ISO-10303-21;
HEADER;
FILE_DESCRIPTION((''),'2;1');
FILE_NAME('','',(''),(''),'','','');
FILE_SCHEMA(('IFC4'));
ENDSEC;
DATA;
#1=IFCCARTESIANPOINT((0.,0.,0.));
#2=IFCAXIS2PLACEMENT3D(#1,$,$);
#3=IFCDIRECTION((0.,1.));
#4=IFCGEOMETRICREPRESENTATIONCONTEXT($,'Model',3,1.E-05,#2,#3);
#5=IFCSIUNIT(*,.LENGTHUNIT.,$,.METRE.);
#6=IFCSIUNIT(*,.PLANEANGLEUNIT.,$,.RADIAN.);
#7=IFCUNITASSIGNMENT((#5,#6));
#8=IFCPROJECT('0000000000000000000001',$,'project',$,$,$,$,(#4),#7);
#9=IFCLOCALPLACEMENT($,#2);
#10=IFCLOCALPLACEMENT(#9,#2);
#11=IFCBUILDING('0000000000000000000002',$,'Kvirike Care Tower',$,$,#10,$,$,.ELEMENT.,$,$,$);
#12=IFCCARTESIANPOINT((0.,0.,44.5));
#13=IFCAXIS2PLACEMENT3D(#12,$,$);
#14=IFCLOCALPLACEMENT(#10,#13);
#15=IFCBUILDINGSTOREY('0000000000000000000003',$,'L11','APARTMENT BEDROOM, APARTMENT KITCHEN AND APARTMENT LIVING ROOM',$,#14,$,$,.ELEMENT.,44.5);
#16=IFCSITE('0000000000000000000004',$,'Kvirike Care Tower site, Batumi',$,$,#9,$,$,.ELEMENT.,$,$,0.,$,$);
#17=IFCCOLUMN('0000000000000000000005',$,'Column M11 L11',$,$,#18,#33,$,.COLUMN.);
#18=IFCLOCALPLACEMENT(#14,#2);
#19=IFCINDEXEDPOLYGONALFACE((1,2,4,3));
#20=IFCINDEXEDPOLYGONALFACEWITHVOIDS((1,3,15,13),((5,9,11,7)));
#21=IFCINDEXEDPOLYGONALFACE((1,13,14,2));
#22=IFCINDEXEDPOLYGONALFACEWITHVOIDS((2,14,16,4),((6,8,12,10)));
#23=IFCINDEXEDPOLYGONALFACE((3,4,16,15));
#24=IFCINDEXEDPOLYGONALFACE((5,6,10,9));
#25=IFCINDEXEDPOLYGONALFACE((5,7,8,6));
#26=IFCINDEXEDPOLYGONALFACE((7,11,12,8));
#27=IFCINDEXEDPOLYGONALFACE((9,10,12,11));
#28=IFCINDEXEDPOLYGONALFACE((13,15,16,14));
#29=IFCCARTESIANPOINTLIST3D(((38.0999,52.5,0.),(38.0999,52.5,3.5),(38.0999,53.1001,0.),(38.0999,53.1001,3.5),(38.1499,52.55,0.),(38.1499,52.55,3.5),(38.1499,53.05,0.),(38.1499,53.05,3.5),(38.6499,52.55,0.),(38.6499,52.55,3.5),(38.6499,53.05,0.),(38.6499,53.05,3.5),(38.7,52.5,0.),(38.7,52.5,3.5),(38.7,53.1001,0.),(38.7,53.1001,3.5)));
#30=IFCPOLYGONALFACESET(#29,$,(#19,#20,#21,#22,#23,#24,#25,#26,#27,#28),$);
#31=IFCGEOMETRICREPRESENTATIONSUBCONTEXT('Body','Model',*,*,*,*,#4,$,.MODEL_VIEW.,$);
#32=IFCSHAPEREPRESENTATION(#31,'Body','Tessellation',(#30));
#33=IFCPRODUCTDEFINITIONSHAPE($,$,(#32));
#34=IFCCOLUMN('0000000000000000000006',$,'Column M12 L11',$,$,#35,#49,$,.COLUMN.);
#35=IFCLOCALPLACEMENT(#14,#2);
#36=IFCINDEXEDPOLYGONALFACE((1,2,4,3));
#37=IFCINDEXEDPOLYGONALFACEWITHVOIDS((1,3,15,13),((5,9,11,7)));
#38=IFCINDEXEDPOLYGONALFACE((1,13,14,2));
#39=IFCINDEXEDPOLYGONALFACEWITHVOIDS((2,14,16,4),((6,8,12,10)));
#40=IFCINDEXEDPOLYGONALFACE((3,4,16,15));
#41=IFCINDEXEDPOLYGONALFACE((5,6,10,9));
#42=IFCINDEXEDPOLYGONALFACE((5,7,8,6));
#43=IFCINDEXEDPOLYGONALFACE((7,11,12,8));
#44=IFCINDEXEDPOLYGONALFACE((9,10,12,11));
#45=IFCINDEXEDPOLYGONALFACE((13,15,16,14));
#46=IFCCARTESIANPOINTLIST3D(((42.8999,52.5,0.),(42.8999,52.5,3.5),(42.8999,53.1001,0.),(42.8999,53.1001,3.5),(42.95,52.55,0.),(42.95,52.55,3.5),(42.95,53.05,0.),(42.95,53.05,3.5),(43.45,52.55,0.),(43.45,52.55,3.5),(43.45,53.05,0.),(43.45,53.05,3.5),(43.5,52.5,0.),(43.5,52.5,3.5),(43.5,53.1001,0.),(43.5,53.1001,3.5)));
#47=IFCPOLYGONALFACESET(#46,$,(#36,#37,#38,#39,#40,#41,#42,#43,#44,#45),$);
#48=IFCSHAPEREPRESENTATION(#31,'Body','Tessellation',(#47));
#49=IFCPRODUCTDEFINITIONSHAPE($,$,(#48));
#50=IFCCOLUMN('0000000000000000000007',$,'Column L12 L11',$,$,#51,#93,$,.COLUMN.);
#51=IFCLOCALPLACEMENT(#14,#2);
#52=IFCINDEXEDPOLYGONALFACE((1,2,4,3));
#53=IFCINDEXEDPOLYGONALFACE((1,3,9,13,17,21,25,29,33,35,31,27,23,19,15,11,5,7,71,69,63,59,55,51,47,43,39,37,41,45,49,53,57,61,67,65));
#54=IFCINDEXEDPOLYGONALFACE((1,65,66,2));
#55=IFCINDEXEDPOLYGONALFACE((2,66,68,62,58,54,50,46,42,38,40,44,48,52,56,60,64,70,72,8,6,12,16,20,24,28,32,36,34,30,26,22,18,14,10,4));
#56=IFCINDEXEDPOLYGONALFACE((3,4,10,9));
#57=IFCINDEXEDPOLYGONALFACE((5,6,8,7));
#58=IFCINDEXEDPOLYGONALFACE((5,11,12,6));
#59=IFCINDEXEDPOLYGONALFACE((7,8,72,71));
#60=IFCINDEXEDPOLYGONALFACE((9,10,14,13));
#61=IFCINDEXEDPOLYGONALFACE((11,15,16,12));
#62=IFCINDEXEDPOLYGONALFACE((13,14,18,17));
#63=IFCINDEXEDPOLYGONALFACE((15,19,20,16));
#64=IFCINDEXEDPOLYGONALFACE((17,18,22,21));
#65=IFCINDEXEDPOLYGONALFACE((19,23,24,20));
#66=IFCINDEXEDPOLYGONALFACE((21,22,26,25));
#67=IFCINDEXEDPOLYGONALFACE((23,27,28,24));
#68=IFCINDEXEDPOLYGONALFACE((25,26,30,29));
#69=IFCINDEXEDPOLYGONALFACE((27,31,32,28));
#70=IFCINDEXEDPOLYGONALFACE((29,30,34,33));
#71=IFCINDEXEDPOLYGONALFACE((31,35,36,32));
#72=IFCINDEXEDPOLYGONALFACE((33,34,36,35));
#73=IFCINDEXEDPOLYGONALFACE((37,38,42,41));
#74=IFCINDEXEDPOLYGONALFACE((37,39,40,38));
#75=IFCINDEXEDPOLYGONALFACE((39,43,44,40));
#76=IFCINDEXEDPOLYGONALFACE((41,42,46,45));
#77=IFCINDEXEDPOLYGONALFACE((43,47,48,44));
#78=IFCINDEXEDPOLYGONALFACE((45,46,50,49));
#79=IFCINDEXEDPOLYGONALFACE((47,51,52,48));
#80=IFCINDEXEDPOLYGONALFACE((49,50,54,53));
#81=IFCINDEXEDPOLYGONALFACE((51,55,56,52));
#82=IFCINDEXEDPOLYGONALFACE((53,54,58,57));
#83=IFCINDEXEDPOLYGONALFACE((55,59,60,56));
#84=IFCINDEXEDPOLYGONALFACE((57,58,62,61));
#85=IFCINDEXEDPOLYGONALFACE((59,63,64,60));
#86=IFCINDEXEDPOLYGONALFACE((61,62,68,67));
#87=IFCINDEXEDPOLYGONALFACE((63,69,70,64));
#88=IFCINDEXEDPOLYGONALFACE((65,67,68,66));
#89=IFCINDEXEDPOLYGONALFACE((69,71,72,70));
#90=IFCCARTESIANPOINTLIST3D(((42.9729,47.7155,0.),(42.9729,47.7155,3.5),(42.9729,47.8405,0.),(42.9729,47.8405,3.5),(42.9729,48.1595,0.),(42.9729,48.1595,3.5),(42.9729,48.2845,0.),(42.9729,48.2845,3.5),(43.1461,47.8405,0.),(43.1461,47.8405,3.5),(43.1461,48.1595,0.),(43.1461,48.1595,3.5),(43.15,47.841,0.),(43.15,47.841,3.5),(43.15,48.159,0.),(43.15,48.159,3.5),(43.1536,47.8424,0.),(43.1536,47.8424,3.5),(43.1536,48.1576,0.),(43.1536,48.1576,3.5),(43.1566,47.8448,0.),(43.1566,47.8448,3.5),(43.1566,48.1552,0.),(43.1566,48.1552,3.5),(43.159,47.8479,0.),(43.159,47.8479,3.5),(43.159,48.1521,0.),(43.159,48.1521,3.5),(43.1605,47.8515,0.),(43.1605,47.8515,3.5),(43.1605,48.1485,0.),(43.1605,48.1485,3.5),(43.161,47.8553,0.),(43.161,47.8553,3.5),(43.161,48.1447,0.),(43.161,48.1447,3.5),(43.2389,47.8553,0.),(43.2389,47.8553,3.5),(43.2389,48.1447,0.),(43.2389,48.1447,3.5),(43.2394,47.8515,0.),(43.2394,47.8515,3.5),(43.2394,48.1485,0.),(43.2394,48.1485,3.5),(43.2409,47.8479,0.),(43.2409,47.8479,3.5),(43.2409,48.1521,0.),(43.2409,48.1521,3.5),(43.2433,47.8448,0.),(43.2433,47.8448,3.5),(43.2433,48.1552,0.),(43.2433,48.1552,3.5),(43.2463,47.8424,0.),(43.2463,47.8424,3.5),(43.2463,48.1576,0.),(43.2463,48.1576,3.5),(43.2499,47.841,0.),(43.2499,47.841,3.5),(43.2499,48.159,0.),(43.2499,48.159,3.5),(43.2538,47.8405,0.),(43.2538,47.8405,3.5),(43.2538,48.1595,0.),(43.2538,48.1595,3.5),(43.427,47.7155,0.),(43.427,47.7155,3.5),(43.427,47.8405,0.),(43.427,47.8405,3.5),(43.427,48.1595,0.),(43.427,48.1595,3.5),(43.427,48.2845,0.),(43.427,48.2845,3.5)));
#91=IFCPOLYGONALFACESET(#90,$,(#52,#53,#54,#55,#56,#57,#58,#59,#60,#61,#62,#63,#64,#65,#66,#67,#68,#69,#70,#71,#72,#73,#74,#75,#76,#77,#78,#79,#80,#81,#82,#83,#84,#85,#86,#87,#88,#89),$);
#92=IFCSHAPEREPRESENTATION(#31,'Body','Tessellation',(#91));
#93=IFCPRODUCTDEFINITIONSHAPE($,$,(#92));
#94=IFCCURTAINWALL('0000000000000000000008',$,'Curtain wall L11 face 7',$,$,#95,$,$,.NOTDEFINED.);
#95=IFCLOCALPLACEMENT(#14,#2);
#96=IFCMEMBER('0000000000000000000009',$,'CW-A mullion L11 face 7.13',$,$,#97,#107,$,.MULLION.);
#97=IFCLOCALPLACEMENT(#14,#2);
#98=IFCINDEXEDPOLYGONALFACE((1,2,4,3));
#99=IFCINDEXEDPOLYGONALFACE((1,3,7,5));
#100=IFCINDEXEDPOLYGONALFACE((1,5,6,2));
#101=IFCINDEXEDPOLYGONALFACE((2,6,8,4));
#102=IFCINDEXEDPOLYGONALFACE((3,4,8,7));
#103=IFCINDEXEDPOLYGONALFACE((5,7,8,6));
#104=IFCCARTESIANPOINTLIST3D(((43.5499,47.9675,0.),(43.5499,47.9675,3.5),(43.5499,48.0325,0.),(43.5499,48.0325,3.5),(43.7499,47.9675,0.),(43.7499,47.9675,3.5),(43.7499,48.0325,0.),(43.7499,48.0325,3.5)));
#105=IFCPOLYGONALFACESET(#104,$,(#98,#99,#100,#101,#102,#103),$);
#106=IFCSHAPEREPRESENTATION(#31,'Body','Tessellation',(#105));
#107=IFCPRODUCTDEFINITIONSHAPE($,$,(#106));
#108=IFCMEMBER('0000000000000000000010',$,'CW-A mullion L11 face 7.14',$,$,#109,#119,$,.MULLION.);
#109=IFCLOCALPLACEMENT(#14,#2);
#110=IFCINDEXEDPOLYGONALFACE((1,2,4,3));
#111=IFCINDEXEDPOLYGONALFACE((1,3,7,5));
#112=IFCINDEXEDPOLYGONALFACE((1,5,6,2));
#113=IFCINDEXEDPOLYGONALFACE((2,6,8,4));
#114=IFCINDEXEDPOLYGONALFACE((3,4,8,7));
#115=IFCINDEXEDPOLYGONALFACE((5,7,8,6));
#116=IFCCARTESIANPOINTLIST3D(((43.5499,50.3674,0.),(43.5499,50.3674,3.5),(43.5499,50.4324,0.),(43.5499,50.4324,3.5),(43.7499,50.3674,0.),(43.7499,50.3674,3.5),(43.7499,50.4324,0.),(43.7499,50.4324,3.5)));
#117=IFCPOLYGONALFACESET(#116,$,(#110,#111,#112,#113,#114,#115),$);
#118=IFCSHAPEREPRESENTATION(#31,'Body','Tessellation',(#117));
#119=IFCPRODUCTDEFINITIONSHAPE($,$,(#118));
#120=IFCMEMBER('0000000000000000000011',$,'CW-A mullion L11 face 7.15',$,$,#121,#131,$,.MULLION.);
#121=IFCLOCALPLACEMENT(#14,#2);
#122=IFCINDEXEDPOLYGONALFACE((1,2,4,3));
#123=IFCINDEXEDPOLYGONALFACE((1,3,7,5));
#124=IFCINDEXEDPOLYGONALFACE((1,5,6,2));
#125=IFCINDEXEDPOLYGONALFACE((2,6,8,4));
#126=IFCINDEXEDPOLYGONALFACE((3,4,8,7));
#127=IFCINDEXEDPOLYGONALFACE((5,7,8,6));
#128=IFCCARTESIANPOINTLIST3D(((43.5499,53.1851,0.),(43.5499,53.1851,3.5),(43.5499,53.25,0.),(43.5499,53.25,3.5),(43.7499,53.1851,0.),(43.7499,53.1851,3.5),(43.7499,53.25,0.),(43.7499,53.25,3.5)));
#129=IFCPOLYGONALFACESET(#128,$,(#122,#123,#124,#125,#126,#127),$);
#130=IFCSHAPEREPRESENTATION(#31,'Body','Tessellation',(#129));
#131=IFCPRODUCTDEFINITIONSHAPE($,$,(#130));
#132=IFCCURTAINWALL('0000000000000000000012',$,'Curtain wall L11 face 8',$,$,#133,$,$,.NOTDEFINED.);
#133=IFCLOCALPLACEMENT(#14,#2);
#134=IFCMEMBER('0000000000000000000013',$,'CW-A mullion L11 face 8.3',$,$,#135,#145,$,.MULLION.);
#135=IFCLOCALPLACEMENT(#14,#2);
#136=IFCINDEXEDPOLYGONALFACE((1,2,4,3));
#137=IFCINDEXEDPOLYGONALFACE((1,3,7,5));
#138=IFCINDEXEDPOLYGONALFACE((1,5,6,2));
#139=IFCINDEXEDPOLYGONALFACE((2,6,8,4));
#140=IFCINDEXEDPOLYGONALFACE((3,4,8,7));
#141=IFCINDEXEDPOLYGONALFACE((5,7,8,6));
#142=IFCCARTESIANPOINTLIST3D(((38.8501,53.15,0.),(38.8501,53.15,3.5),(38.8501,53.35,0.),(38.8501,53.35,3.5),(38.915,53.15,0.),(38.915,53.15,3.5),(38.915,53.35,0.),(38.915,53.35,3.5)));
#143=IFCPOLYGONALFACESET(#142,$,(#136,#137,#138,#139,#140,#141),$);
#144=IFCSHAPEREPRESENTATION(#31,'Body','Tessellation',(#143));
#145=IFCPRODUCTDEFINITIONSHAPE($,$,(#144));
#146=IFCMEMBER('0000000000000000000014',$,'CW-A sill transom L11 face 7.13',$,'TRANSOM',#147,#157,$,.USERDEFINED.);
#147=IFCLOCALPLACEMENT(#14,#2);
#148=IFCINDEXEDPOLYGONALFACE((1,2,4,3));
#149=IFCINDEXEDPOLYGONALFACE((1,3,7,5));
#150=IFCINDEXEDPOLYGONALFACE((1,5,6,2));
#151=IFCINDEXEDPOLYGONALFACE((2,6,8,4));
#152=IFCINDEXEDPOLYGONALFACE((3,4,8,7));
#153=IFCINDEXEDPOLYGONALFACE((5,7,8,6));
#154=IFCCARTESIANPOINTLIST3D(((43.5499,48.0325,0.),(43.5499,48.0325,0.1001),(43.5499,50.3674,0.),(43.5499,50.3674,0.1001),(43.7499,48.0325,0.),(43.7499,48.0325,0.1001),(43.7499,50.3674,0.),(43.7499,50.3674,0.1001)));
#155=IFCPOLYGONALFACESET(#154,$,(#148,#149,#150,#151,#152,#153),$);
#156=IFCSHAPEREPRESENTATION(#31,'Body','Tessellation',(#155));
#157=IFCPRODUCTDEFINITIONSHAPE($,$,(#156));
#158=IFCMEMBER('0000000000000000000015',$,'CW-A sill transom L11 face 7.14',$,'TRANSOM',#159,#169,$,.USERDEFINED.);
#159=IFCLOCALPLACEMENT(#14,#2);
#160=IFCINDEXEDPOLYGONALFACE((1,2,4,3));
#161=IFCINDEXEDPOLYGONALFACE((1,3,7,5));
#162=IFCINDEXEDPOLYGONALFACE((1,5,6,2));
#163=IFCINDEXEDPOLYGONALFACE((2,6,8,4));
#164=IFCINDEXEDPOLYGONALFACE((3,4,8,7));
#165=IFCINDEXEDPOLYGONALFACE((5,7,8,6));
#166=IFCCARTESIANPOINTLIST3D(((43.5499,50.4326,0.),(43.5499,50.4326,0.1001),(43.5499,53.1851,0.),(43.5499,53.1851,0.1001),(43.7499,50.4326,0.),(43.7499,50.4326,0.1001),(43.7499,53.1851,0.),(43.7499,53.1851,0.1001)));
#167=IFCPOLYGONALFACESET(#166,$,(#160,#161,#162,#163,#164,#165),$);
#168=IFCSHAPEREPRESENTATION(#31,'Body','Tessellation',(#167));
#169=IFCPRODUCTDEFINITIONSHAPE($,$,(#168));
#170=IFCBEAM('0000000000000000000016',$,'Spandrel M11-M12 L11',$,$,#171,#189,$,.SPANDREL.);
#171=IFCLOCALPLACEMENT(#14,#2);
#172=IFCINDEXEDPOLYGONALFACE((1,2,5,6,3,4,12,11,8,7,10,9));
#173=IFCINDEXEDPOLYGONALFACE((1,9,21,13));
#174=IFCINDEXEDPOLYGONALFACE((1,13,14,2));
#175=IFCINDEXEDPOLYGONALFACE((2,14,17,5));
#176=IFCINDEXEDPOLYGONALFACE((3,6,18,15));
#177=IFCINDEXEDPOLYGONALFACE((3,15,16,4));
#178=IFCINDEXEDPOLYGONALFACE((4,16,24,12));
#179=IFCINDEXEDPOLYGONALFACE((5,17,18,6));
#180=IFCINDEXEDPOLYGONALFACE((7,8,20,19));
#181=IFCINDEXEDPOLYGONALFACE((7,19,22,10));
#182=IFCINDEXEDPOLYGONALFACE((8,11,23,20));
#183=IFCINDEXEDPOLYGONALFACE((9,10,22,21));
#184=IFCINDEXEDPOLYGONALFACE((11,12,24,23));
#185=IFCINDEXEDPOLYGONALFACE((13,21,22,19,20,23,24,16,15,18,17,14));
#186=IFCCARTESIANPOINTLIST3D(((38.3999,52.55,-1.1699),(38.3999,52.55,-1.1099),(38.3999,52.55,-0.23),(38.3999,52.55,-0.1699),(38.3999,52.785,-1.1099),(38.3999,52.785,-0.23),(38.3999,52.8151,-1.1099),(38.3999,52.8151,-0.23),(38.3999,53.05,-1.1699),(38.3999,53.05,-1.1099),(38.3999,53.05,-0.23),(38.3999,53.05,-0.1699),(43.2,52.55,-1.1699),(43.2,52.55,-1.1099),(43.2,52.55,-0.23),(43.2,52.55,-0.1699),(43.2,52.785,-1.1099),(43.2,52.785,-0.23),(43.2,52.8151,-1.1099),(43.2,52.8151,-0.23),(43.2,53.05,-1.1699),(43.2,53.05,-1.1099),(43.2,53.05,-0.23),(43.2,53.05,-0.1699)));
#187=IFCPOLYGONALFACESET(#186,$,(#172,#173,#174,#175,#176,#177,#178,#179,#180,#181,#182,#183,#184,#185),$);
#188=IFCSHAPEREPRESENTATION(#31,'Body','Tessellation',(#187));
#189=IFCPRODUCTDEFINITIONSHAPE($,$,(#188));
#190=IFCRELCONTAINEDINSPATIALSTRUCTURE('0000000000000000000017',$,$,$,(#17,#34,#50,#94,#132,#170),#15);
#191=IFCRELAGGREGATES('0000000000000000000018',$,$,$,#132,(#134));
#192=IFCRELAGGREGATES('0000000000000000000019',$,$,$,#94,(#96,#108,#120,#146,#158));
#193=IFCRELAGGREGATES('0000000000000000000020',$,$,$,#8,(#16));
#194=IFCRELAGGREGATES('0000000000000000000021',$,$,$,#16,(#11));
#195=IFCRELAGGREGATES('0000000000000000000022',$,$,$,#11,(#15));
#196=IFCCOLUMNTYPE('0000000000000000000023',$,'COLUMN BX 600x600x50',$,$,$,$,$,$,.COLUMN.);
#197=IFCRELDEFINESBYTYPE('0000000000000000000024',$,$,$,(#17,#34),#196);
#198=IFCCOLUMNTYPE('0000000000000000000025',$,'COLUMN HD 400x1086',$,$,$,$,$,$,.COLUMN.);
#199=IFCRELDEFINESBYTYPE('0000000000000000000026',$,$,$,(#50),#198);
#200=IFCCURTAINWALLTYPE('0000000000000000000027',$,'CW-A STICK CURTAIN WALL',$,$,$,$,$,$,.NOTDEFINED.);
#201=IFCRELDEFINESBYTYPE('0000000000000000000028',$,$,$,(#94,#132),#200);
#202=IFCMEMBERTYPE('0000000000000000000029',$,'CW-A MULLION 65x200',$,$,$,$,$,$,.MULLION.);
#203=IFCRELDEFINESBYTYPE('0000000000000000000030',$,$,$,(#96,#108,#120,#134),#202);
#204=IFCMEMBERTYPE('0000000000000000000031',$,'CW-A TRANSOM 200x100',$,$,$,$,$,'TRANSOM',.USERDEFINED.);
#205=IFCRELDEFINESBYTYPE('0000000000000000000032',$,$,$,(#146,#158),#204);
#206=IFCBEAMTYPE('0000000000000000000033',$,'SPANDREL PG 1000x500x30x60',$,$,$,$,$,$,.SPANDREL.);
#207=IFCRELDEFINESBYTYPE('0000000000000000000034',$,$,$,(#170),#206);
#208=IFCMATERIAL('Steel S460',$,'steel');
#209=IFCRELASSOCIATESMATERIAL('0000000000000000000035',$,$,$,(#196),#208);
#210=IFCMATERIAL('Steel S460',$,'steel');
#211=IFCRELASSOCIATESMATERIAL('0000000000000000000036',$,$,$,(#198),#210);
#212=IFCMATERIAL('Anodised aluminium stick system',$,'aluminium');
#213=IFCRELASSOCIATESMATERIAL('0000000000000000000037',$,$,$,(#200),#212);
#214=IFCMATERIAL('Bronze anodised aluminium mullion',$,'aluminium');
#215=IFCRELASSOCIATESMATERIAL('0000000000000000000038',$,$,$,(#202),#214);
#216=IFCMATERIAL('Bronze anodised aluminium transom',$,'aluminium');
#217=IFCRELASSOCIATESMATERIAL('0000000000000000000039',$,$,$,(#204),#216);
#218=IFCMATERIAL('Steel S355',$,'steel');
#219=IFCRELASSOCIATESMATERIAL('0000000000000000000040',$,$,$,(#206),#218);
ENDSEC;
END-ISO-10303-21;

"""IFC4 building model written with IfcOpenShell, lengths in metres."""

from ifc_helpers import new_model, si_unit, direction, frame, origin, origin_2d, place, context, subcontext, project, spatial, rectangle, hollow_rectangle, i_section, extrude, material, material_profile, profile_set, type_object, element, aggregate, save


model = new_model("IFC4")

# Units and contexts
model_context = context("Model", 3, precision=1e-05, world=origin(), true_north=direction((0.0, 1.0)))
body_context = subcontext(model_context, "Body", "Model", "MODEL_VIEW")
ifc_project = project(units=[si_unit("LENGTHUNIT", "METRE"), si_unit("PLANEANGLEUNIT", "RADIAN")], contexts=[model_context])

# Site, building, storey
site_placement = place(None, origin())
site = spatial("IfcSite", under=ifc_project, at=site_placement, Name="Kvirike Care Tower site, Batumi", CompositionType="ELEMENT", RefElevation=0.0)
building_placement = place(site_placement, origin())
building = spatial("IfcBuilding", under=site, at=building_placement, Name="Kvirike Care Tower", CompositionType="ELEMENT")
storey_placement = place(building_placement, frame((0.0, 0.0, 44.5)))
storey = spatial("IfcBuildingStorey", under=building, at=storey_placement, Name="L11", Description="APARTMENT BEDROOM, APARTMENT KITCHEN AND APARTMENT LIVING ROOM", CompositionType="ELEMENT", Elevation=44.5)

# Columns
ifc_material_1 = material(Name="Steel S460", Category="steel")
ifc_material_profile_1 = material_profile(ifc_material_1, hollow_rectangle(XDim=0.6001, YDim=0.6001, WallThickness=0.05, at=origin_2d()), Name="BX 600x600x50")
ifc_profile_set_1 = profile_set([ifc_material_profile_1], Name="Steel S460")
column_type_1 = type_object("IfcColumnType", Name="COLUMN BX 600x600x50", PredefinedType="COLUMN", material=ifc_profile_set_1)
for number, where, z_axis, x_axis, name in (
    (1, (38.3999, 52.8, 0.0), (0.0, 0.0, 1.0), (0.0, 1.0, 0.0), "Column M11 L11"),
    (2, (43.2, 52.8, 0.0), (0.0, 0.0, 1.0), (0.0, 1.0, 0.0), "Column M12 L11"),
):
    element("IfcColumn", number, at=place(storey_placement, frame(where, z_axis=z_axis, x_axis=x_axis)), inside=storey, type_object=column_type_1, Name=name, PredefinedType="COLUMN", context=body_context, shape_type="SweptSolid", body=[
        extrude(hollow_rectangle(XDim=0.6001, YDim=0.6001, WallThickness=0.05, at=origin_2d()), origin(), (0.0, 0.0, 1.0), 3.5),
    ])
ifc_material_2 = material(Name="Steel S460", Category="steel")
ifc_material_profile_2 = material_profile(ifc_material_2, i_section(OverallWidth=0.4541, OverallDepth=0.5691, WebThickness=0.0779, FlangeThickness=0.125, FilletRadius=0.0149, at=origin_2d()), Name="HD 400x1086")
ifc_profile_set_2 = profile_set([ifc_material_profile_2], Name="Steel S460")
column_type_2 = type_object("IfcColumnType", Name="COLUMN HD 400x1086", PredefinedType="COLUMN", material=ifc_profile_set_2)
column_placement = place(storey_placement, frame((43.2, 48.0, 0.0), z_axis=(0.0, 0.0, 1.0), x_axis=(1.0, 0.0, 0.0)))
element("IfcColumn", 3, at=column_placement, inside=storey, type_object=column_type_2, Name="Column L12 L11", PredefinedType="COLUMN", context=body_context, shape_type="SweptSolid", body=[
    extrude(i_section(OverallWidth=0.4541, OverallDepth=0.5691, WebThickness=0.0779, FlangeThickness=0.125, FilletRadius=0.0149, at=origin_2d()), origin(), (0.0, 0.0, 1.0), 3.5),
])

# Curtain wall, members
ifc_material_3 = material(Name="Anodised aluminium stick system", Category="aluminium")
curtain_wall_type = type_object("IfcCurtainWallType", Name="CW-A STICK CURTAIN WALL", PredefinedType="NOTDEFINED", material=ifc_material_3)
curtain_wall_1_placement = place(storey_placement, origin())
curtain_wall_1 = element("IfcCurtainWall", 4, at=curtain_wall_1_placement, inside=storey, type_object=curtain_wall_type, Name="Curtain wall L11 face 7", PredefinedType="NOTDEFINED")
ifc_material_4 = material(Name="Bronze anodised aluminium mullion", Category="aluminium")
ifc_material_profile_3 = material_profile(ifc_material_4, rectangle(XDim=0.0649, YDim=0.2, at=origin_2d()), Name="CW-A MULLION 65x200")
ifc_profile_set_3 = profile_set([ifc_material_profile_3], Name="Bronze anodised aluminium mullion")
member_type_1 = type_object("IfcMemberType", Name="CW-A MULLION 65x200", PredefinedType="MULLION", material=ifc_profile_set_3)
member_1_placement = place(storey_placement, frame((43.6499, 48.0, 0.0), z_axis=(0.0, 0.0, 1.0), x_axis=(0.0, 1.0, 0.0)))
member_1 = element("IfcMember", 5, at=member_1_placement, type_object=member_type_1, Name="CW-A mullion L11 face 7.13", PredefinedType="MULLION", context=body_context, shape_type="SweptSolid", body=[
    extrude(rectangle(XDim=0.0649, YDim=0.2, at=origin_2d()), origin(), (0.0, 0.0, 1.0), 3.5),
])
member_2_placement = place(storey_placement, frame((43.6499, 50.3999, 0.0), z_axis=(0.0, 0.0, 1.0), x_axis=(0.0, 1.0, 0.0)))
member_2 = element("IfcMember", 6, at=member_2_placement, type_object=member_type_1, Name="CW-A mullion L11 face 7.14", PredefinedType="MULLION", context=body_context, shape_type="SweptSolid", body=[
    extrude(rectangle(XDim=0.0649, YDim=0.2, at=origin_2d()), origin(), (0.0, 0.0, 1.0), 3.5),
])
member_3_placement = place(storey_placement, frame((43.6499, 53.2175, 0.0), z_axis=(0.0, 0.0, 1.0), x_axis=(0.0, 1.0, 0.0)))
member_3 = element("IfcMember", 7, at=member_3_placement, type_object=member_type_1, Name="CW-A mullion L11 face 7.15", PredefinedType="MULLION", context=body_context, shape_type="SweptSolid", body=[
    extrude(rectangle(XDim=0.0649, YDim=0.2, at=origin_2d()), origin(), (0.0, 0.0, 1.0), 3.5),
])

# Curtain wall, member
curtain_wall_2_placement = place(storey_placement, origin())
curtain_wall_2 = element("IfcCurtainWall", 8, at=curtain_wall_2_placement, inside=storey, type_object=curtain_wall_type, Name="Curtain wall L11 face 8", PredefinedType="NOTDEFINED")
member_4_placement = place(storey_placement, frame((38.8826, 53.25, 0.0), z_axis=(0.0, 0.0, 1.0), x_axis=(-1.0, 0.0, 0.0)))
member_4 = element("IfcMember", 9, at=member_4_placement, type_object=member_type_1, Name="CW-A mullion L11 face 8.3", PredefinedType="MULLION", context=body_context, shape_type="SweptSolid", body=[
    extrude(rectangle(XDim=0.0649, YDim=0.2, at=origin_2d()), origin(), (0.0, 0.0, 1.0), 3.5),
])
aggregate(curtain_wall_2, [member_4])

# Members
ifc_material_5 = material(Name="Bronze anodised aluminium transom", Category="aluminium")
ifc_material_profile_4 = material_profile(ifc_material_5, rectangle(XDim=0.2, YDim=0.1001, at=origin_2d()), Name="CW-A TRANSOM 200x100")
ifc_profile_set_4 = profile_set([ifc_material_profile_4], Name="Bronze anodised aluminium transom")
member_type_2 = type_object("IfcMemberType", Name="CW-A TRANSOM 200x100", ElementType="TRANSOM", PredefinedType="USERDEFINED", material=ifc_profile_set_4)
member_5_placement = place(storey_placement, frame((43.6499, 48.0325, 0.05), z_axis=(0.0, 1.0, 0.0), x_axis=(-1.0, 0.0, 0.0)))
member_5 = element("IfcMember", 10, at=member_5_placement, type_object=member_type_2, Name="CW-A sill transom L11 face 7.13", ObjectType="TRANSOM", PredefinedType="USERDEFINED", context=body_context, shape_type="SweptSolid", body=[
    extrude(rectangle(XDim=0.2, YDim=0.1001, at=origin_2d()), origin(), (0.0, 0.0, 1.0), 2.335),
])
member_6_placement = place(storey_placement, frame((43.6499, 50.4326, 0.05), z_axis=(0.0, 1.0, 0.0), x_axis=(-1.0, 0.0, 0.0)))
member_6 = element("IfcMember", 11, at=member_6_placement, type_object=member_type_2, Name="CW-A sill transom L11 face 7.14", ObjectType="TRANSOM", PredefinedType="USERDEFINED", context=body_context, shape_type="SweptSolid", body=[
    extrude(rectangle(XDim=0.2, YDim=0.1001, at=origin_2d()), origin(), (0.0, 0.0, 1.0), 2.7524),
])

# Beam
ifc_material_6 = material(Name="Steel S355", Category="steel")
ifc_material_profile_5 = material_profile(ifc_material_6, i_section(OverallWidth=0.5, OverallDepth=1.0, WebThickness=0.03, FlangeThickness=0.0601, at=origin_2d()), Name="PG 1000x500x30x60")
ifc_profile_set_5 = profile_set([ifc_material_profile_5], Name="Steel S355")
beam_type = type_object("IfcBeamType", Name="SPANDREL PG 1000x500x30x60", PredefinedType="SPANDREL", material=ifc_profile_set_5)
for number, where, z_axis, x_axis, name in (
    (12, (38.3999, 52.8, -0.6699), (1.0, 0.0, 0.0), (0.0, 1.0, 0.0), "Spandrel M11-M12 L11"),
):
    element("IfcBeam", number, at=place(storey_placement, frame(where, z_axis=z_axis, x_axis=x_axis)), inside=storey, type_object=beam_type, Name=name, PredefinedType="SPANDREL", context=body_context, shape_type="SweptSolid", body=[
        extrude(i_section(OverallWidth=0.5, OverallDepth=1.0, WebThickness=0.03, FlangeThickness=0.0601, at=origin_2d()), origin(), (0.0, 0.0, 1.0), 4.8),
    ])

aggregate(curtain_wall_1, [member_1, member_2, member_3, member_5, member_6])

save(model, "model.ifc")
